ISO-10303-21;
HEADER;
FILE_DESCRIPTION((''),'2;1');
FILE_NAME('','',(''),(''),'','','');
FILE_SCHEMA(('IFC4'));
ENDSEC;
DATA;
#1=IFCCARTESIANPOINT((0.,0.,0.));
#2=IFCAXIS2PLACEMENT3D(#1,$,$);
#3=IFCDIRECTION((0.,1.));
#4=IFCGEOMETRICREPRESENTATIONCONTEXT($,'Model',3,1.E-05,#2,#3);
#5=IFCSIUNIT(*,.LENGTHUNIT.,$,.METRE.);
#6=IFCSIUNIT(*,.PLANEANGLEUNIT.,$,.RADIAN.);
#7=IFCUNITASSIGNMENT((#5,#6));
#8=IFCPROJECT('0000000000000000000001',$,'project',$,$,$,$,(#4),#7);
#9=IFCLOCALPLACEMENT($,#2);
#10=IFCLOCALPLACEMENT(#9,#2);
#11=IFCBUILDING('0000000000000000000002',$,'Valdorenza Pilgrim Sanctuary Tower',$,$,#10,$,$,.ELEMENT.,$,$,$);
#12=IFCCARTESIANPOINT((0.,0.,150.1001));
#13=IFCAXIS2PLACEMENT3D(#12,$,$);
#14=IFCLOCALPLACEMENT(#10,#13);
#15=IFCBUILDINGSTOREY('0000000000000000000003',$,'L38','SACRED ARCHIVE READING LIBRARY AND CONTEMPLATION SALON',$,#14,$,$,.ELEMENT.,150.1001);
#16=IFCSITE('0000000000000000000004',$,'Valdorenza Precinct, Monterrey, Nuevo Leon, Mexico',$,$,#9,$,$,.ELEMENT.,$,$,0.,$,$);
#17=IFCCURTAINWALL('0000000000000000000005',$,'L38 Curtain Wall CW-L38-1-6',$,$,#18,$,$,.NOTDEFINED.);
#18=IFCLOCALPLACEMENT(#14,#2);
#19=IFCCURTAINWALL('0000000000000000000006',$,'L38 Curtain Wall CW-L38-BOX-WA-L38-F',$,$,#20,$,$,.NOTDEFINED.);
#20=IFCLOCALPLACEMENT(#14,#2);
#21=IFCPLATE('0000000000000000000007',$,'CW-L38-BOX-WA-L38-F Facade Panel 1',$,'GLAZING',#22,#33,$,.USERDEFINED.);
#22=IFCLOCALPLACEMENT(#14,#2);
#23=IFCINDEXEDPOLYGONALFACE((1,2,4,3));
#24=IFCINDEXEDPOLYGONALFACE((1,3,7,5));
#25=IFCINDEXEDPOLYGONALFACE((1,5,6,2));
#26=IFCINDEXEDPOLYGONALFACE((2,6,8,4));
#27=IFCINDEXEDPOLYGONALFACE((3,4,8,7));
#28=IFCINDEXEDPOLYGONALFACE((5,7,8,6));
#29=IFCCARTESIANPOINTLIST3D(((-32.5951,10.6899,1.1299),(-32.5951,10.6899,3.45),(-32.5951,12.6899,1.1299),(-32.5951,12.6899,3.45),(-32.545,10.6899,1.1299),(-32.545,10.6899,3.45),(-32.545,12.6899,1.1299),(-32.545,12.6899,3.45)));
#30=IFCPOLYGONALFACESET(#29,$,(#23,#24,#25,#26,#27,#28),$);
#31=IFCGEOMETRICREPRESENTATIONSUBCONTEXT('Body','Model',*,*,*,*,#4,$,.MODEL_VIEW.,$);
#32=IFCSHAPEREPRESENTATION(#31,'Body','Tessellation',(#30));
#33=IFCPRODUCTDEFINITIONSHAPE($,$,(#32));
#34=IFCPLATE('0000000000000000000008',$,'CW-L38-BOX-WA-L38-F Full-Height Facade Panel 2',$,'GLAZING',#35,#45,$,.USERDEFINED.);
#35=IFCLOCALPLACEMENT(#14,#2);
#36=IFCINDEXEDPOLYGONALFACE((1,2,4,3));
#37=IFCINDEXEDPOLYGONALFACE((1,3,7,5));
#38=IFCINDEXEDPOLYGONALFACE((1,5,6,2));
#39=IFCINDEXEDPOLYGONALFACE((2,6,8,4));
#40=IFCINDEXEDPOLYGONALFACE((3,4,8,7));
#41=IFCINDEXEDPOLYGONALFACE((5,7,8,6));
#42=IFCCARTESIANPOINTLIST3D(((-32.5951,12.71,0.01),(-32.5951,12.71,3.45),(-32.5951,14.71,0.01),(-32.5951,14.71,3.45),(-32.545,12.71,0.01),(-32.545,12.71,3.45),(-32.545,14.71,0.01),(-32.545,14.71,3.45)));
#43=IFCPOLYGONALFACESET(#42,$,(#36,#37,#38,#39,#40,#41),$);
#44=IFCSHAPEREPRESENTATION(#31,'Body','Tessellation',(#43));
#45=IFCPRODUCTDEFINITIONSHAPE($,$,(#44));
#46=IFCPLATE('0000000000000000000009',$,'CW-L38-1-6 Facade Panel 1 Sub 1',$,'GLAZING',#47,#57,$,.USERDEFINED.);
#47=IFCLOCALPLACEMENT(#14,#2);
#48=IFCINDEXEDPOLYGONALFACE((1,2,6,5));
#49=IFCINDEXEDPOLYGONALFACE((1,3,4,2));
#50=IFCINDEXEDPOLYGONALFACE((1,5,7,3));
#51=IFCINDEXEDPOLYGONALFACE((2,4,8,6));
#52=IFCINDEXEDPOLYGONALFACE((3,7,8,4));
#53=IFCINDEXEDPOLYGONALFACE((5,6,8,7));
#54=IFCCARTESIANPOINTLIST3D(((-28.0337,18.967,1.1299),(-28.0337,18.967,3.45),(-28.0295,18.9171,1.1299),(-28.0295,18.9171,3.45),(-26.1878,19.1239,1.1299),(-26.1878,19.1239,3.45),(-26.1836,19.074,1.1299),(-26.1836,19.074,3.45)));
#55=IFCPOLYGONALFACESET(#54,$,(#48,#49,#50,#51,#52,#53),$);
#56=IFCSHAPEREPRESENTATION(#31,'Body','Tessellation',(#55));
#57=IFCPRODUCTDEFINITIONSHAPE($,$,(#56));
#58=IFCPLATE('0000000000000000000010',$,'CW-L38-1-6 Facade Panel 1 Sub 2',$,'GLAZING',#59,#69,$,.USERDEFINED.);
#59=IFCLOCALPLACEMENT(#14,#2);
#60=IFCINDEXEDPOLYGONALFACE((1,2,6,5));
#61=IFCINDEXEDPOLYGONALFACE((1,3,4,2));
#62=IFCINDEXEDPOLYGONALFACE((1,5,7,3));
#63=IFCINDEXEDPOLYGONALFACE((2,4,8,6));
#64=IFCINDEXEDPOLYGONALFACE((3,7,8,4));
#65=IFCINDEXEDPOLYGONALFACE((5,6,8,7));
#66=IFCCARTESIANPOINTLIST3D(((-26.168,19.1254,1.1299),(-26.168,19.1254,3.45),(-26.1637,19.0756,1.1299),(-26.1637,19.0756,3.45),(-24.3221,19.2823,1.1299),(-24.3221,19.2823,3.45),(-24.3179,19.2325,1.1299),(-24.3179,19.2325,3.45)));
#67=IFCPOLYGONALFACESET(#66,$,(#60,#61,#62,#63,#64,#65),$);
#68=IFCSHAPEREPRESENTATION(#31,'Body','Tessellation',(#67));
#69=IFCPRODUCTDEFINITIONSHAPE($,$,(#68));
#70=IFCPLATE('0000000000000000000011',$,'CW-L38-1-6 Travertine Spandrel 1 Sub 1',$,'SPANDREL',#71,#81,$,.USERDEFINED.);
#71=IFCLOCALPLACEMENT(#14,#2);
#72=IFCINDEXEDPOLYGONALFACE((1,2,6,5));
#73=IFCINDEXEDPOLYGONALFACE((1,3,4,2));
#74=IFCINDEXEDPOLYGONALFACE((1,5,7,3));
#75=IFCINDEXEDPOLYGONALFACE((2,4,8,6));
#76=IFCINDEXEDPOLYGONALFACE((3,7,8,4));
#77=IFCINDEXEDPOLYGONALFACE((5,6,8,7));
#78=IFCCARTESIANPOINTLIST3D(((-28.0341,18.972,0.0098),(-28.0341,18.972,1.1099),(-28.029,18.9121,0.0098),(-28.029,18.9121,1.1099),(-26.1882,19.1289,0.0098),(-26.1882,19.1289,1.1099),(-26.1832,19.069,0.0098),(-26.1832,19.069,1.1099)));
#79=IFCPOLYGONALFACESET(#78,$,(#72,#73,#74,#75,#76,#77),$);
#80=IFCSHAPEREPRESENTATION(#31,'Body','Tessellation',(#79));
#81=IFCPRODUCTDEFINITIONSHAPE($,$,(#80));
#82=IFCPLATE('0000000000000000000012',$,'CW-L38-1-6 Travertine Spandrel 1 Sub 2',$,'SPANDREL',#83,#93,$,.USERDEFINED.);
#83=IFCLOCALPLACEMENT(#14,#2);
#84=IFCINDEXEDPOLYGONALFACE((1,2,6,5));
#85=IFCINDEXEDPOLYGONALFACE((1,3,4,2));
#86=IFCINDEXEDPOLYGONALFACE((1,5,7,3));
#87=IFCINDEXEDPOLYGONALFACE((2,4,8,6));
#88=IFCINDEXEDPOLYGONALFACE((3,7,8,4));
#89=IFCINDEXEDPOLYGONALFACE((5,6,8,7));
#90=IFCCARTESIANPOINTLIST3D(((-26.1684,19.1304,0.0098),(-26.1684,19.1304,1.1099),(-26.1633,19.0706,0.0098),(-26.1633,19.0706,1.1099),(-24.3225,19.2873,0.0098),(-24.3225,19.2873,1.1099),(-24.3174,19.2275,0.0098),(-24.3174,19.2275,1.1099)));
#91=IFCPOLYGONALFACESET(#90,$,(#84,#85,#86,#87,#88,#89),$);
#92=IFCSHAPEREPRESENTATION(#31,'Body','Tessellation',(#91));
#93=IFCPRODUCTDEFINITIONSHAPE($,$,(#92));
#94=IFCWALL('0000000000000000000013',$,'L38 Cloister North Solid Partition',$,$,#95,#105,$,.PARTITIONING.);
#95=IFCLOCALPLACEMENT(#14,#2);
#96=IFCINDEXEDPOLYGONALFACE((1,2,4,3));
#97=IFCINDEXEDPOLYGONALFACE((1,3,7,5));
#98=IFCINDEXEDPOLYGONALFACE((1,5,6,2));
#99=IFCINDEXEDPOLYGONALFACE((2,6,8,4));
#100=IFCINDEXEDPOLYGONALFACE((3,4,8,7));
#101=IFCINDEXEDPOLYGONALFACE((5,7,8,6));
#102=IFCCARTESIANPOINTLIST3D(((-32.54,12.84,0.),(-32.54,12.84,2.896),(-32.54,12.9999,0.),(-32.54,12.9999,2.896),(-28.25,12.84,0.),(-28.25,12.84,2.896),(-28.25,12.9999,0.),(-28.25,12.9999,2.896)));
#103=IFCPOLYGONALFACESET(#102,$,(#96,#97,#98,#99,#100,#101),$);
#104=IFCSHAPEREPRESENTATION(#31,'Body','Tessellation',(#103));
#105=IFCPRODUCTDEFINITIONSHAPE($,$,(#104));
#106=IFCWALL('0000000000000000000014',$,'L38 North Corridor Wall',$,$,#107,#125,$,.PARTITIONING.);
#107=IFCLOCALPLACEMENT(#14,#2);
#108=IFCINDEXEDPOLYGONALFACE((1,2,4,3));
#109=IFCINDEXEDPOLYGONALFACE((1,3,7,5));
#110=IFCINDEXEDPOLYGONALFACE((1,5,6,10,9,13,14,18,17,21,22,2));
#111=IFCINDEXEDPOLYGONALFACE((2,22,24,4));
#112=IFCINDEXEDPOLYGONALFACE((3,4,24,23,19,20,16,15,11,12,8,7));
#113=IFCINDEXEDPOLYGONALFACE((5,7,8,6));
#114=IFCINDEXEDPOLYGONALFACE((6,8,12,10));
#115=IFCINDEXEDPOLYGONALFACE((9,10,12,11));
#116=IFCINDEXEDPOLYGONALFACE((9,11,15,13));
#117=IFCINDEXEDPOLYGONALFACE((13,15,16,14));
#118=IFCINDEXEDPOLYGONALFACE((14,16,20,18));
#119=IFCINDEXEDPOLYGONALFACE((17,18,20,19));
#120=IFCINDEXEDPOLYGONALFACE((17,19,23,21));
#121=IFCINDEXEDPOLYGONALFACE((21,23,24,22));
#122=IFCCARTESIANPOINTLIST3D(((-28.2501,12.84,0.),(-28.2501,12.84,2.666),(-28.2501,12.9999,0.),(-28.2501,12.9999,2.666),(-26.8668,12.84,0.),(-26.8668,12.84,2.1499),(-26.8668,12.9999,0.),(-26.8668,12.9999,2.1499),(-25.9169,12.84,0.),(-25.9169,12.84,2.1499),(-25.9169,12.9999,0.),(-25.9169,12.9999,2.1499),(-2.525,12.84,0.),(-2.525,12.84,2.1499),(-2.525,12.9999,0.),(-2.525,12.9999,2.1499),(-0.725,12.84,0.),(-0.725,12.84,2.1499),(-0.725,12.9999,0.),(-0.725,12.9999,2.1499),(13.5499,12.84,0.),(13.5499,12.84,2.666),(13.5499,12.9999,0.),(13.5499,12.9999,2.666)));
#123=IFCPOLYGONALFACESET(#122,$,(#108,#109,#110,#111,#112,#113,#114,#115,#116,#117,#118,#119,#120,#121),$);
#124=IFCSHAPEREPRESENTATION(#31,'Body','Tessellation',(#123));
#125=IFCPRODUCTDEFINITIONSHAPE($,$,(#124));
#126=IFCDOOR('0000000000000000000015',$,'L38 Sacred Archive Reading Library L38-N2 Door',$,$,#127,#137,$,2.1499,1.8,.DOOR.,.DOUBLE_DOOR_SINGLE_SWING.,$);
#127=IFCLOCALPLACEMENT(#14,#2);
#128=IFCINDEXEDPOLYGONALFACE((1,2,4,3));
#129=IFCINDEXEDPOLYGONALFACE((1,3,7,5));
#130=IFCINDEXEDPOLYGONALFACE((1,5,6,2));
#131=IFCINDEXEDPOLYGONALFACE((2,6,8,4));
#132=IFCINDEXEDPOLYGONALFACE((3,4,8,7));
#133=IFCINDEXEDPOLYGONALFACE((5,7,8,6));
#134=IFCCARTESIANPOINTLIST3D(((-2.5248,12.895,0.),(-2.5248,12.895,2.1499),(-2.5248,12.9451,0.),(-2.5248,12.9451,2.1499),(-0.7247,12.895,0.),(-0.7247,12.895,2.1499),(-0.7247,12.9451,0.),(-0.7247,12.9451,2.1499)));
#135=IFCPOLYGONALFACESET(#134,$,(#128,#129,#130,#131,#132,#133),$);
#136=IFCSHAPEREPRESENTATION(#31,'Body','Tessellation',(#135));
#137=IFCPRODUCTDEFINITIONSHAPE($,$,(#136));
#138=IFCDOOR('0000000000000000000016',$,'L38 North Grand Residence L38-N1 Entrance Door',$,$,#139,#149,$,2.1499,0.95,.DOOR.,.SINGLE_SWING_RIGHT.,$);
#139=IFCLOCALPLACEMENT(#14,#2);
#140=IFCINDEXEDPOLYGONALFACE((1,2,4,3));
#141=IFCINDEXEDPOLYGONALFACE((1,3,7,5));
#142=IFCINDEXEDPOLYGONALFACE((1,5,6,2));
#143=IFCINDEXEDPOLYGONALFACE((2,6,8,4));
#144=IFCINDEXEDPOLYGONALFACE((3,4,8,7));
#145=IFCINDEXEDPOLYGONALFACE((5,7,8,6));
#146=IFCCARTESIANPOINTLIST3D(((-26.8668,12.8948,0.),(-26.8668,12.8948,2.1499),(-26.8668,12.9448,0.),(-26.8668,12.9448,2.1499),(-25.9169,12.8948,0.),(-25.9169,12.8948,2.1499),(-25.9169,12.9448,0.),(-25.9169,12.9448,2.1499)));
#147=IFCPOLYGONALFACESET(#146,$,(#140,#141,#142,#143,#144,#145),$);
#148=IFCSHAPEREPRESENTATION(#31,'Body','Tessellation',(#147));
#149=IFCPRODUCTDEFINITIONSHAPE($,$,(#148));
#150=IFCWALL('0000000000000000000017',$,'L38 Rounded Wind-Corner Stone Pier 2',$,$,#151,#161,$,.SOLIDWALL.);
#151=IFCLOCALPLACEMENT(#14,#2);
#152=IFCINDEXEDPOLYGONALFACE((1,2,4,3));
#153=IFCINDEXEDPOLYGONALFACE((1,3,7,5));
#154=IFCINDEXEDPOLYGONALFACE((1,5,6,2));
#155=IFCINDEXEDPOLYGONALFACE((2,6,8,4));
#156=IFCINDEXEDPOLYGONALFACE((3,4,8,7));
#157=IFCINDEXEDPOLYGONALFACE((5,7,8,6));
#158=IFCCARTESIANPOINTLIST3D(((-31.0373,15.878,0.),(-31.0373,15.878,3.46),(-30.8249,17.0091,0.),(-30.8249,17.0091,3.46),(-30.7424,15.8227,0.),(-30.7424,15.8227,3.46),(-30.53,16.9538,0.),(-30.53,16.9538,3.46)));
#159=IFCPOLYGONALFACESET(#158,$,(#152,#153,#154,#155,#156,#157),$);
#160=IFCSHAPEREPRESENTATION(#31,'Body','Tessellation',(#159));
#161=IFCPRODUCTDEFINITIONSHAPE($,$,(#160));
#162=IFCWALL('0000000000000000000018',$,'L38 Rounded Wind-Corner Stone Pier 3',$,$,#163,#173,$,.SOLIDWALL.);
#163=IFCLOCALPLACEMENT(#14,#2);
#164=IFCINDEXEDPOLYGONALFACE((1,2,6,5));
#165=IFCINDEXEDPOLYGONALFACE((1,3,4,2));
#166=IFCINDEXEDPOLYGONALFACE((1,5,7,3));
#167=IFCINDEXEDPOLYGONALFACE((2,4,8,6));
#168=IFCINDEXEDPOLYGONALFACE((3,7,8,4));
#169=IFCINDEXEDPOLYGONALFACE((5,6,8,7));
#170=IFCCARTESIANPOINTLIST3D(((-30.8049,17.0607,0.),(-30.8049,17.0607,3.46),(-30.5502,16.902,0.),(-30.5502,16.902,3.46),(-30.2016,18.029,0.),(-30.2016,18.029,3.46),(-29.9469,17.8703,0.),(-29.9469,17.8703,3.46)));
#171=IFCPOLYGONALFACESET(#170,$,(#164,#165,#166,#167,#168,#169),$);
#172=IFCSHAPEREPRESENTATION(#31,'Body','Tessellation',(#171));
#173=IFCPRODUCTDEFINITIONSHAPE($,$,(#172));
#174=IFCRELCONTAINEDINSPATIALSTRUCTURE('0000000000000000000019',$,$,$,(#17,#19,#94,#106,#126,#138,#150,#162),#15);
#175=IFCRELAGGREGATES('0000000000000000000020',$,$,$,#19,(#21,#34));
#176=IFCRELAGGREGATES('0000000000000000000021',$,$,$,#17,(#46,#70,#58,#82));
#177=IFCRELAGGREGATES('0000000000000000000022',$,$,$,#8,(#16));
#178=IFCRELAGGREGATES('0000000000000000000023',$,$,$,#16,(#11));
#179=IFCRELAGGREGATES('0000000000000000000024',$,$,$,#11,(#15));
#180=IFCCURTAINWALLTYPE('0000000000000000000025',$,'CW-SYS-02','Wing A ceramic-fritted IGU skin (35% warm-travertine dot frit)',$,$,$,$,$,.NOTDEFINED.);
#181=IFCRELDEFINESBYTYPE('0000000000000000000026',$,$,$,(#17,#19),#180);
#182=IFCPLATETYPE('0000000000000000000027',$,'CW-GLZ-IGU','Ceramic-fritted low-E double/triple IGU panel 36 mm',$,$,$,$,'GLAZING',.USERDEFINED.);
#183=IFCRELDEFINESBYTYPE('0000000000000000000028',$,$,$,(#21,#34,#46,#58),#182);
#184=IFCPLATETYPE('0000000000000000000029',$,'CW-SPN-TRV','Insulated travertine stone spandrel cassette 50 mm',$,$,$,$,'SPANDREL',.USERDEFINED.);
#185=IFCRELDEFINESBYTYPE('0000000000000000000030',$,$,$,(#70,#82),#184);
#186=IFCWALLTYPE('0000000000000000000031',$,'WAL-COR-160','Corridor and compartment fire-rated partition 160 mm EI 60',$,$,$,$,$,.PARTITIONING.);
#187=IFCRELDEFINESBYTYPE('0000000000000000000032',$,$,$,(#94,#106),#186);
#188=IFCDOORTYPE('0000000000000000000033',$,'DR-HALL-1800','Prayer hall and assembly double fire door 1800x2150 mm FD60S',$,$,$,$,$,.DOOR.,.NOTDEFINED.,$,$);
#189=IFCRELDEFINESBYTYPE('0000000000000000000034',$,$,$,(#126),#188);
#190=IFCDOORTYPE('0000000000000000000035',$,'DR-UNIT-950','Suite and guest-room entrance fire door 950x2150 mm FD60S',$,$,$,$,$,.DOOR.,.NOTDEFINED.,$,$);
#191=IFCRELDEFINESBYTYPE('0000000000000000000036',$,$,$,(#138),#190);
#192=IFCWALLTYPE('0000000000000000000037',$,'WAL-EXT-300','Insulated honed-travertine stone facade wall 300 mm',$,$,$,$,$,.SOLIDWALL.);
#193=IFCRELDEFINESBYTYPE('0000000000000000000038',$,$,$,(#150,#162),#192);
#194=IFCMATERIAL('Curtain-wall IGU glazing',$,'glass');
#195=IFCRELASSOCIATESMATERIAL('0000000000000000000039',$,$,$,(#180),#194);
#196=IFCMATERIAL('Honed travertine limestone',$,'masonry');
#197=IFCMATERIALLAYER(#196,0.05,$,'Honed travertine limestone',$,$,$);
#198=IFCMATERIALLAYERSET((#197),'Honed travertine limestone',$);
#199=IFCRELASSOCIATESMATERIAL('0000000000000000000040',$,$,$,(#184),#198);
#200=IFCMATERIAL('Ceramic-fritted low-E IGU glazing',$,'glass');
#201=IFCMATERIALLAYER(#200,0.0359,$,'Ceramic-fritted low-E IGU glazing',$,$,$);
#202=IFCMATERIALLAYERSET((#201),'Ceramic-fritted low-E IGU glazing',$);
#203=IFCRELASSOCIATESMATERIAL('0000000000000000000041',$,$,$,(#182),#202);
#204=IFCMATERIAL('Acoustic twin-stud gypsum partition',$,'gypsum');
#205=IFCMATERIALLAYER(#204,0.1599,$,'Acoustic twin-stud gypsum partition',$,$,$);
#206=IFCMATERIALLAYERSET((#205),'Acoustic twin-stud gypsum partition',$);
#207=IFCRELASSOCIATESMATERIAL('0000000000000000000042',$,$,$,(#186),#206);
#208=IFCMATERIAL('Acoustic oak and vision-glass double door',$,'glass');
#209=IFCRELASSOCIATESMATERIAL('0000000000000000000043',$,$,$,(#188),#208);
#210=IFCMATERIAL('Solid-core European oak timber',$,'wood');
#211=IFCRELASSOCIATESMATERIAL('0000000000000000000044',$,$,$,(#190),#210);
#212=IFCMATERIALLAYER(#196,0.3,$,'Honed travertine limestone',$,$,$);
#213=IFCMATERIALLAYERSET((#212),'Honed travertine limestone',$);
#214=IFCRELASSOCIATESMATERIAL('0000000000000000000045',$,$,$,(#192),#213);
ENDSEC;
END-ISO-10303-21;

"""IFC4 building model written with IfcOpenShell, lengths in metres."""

from ifc_helpers import new_model, si_unit, direction, frame, frame_2d, origin, origin_2d, place, context, subcontext, project, spatial, rectangle, extrude, source, transform, mapped, material, layer, layer_set, type_object, element, fill, aggregate, save


model = new_model("IFC4")

# Units and contexts
model_context = context("Model", 3, precision=1e-05, world=origin(), true_north=direction((0.0, 1.0)))
body_context = subcontext(model_context, "Body", "Model", "MODEL_VIEW")
ifc_project = project(units=[si_unit("LENGTHUNIT", "METRE"), si_unit("PLANEANGLEUNIT", "RADIAN")], contexts=[model_context])

# Site, building, storey
site_placement = place(None, origin())
site = spatial("IfcSite", under=ifc_project, at=site_placement, Name="Valdorenza Precinct, Monterrey, Nuevo Leon, Mexico", CompositionType="ELEMENT", RefElevation=0.0)
building_placement = place(site_placement, origin())
building = spatial("IfcBuilding", under=site, at=building_placement, Name="Valdorenza Pilgrim Sanctuary Tower", CompositionType="ELEMENT")
storey_placement = place(building_placement, frame((0.0, 0.0, 150.1001)))
storey = spatial("IfcBuildingStorey", under=building, at=storey_placement, Name="L38", Description="SACRED ARCHIVE READING LIBRARY AND CONTEMPLATION SALON", CompositionType="ELEMENT", Elevation=150.1001)

# Curtain wall
ifc_material_1 = material(Name="Curtain-wall IGU glazing", Category="glass")
curtain_wall_type = type_object("IfcCurtainWallType", Name="CW-SYS-02", Description="Wing A ceramic-fritted IGU skin (35% warm-travertine dot frit)", PredefinedType="NOTDEFINED", material=ifc_material_1)
curtain_wall_1_placement = place(storey_placement, origin())
curtain_wall_1 = element("IfcCurtainWall", 1, at=curtain_wall_1_placement, inside=storey, type_object=curtain_wall_type, Name="L38 Curtain Wall CW-L38-1-6", PredefinedType="NOTDEFINED")

# Curtain wall
curtain_wall_2_placement = place(storey_placement, origin())
curtain_wall_2 = element("IfcCurtainWall", 2, at=curtain_wall_2_placement, inside=storey, type_object=curtain_wall_type, Name="L38 Curtain Wall CW-L38-BOX-WA-L38-F", PredefinedType="NOTDEFINED")

# Plates
ifc_material_2 = material(Name="Honed travertine limestone", Category="masonry")
ifc_layer_1 = layer(ifc_material_2, 0.05, Name="Honed travertine limestone")
ifc_layer_set_1 = layer_set([ifc_layer_1], Name="Honed travertine limestone")
plate_type_1 = type_object("IfcPlateType", Name="CW-SPN-TRV", Description="Insulated travertine stone spandrel cassette 50 mm", ElementType="SPANDREL", PredefinedType="USERDEFINED", material=ifc_layer_set_1)
ifc_material_3 = material(Name="Ceramic-fritted low-E IGU glazing", Category="glass")
ifc_layer_2 = layer(ifc_material_3, 0.0359, Name="Ceramic-fritted low-E IGU glazing")
ifc_layer_set_2 = layer_set([ifc_layer_2], Name="Ceramic-fritted low-E IGU glazing")
plate_type_2 = type_object("IfcPlateType", Name="CW-GLZ-IGU", Description="Ceramic-fritted low-E double/triple IGU panel 36 mm", ElementType="GLAZING", PredefinedType="USERDEFINED", material=ifc_layer_set_2)
shared_shape_1 = source(origin(), body_context, "Body", "SweptSolid", [
    extrude(rectangle(XDim=2.0, YDim=0.05, at=origin_2d()), origin(), (0.0, 0.0, 1.0), 2.3201),
])
plate_1_placement = place(storey_placement, frame((-32.5701, 11.6899, 1.1299), z_axis=(0.0, 0.0, 1.0), x_axis=(0.0, 1.0, 0.0)))
plate_1 = element("IfcPlate", 3, at=plate_1_placement, type_object=plate_type_2, Name="CW-L38-BOX-WA-L38-F Facade Panel 1", ObjectType="GLAZING", PredefinedType="USERDEFINED", context=body_context, shape_type="MappedRepresentation", body=[
    mapped(shared_shape_1, transform((0.0, 0.0, 0.0), x_axis=(1.0, 0.0, 0.0), y_axis=(0.0, 1.0, 0.0), z_axis=(0.0, 0.0, 1.0), scale=1.0)),
])
shared_shape_2 = source(origin(), body_context, "Body", "SweptSolid", [
    extrude(rectangle(XDim=2.0, YDim=0.05, at=origin_2d()), origin(), (0.0, 0.0, 1.0), 3.4399),
])
plate_2_placement = place(storey_placement, frame((-32.5701, 13.71, 0.01), z_axis=(0.0, 0.0, 1.0), x_axis=(0.0, 1.0, 0.0)))
plate_2 = element("IfcPlate", 4, at=plate_2_placement, type_object=plate_type_2, Name="CW-L38-BOX-WA-L38-F Full-Height Facade Panel 2", ObjectType="GLAZING", PredefinedType="USERDEFINED", context=body_context, shape_type="MappedRepresentation", body=[
    mapped(shared_shape_2, transform((0.0, 0.0, 0.0), x_axis=(1.0, 0.0, 0.0), y_axis=(0.0, 1.0, 0.0), z_axis=(0.0, 0.0, 1.0), scale=1.0)),
])
aggregate(curtain_wall_2, [plate_1, plate_2])
shared_shape_3 = source(origin(), body_context, "Body", "SweptSolid", [
    extrude(rectangle(XDim=1.8525, YDim=0.05, at=origin_2d()), origin(), (0.0, 0.0, 1.0), 2.3201),
])
plate_3_placement = place(storey_placement, frame((-27.1086, 19.0205, 1.1299), z_axis=(0.0, 0.0, 1.0), x_axis=(0.996408, 0.084687, 0.0)))
plate_3 = element("IfcPlate", 5, at=plate_3_placement, type_object=plate_type_2, Name="CW-L38-1-6 Facade Panel 1 Sub 1", ObjectType="GLAZING", PredefinedType="USERDEFINED", context=body_context, shape_type="MappedRepresentation", body=[
    mapped(shared_shape_3, transform((0.0, 0.0, 0.0), x_axis=(1.0, 0.0, 0.0), y_axis=(0.0, 1.0, 0.0), z_axis=(0.0, 0.0, 1.0), scale=1.0)),
])
plate_4_placement = place(storey_placement, frame((-25.2429, 19.179, 1.1299), z_axis=(0.0, 0.0, 1.0), x_axis=(0.996408, 0.084687, 0.0)))
plate_4 = element("IfcPlate", 6, at=plate_4_placement, type_object=plate_type_2, Name="CW-L38-1-6 Facade Panel 1 Sub 2", ObjectType="GLAZING", PredefinedType="USERDEFINED", context=body_context, shape_type="MappedRepresentation", body=[
    mapped(shared_shape_3, transform((0.0, 0.0, 0.0), x_axis=(1.0, 0.0, 0.0), y_axis=(0.0, 1.0, 0.0), z_axis=(0.0, 0.0, 1.0), scale=1.0)),
])
shared_shape_4 = source(origin(), body_context, "Body", "SweptSolid", [
    extrude(rectangle(XDim=1.8525, YDim=0.0601, at=origin_2d()), origin(), (0.0, 0.0, 1.0), 1.1001),
])
plate_5_placement = place(storey_placement, frame((-27.1086, 19.0205, 0.0098), z_axis=(0.0, 0.0, 1.0), x_axis=(0.996408, 0.084687, 0.0)))
plate_5 = element("IfcPlate", 7, at=plate_5_placement, type_object=plate_type_1, Name="CW-L38-1-6 Travertine Spandrel 1 Sub 1", ObjectType="SPANDREL", PredefinedType="USERDEFINED", context=body_context, shape_type="MappedRepresentation", body=[
    mapped(shared_shape_4, transform((0.0, 0.0, 0.0), x_axis=(1.0, 0.0, 0.0), y_axis=(0.0, 1.0, 0.0), z_axis=(0.0, 0.0, 1.0), scale=1.0)),
])
plate_6_placement = place(storey_placement, frame((-25.2429, 19.179, 0.0098), z_axis=(0.0, 0.0, 1.0), x_axis=(0.996408, 0.084687, 0.0)))
plate_6 = element("IfcPlate", 8, at=plate_6_placement, type_object=plate_type_1, Name="CW-L38-1-6 Travertine Spandrel 1 Sub 2", ObjectType="SPANDREL", PredefinedType="USERDEFINED", context=body_context, shape_type="MappedRepresentation", body=[
    mapped(shared_shape_4, transform((0.0, 0.0, 0.0), x_axis=(1.0, 0.0, 0.0), y_axis=(0.0, 1.0, 0.0), z_axis=(0.0, 0.0, 1.0), scale=1.0)),
])
aggregate(curtain_wall_1, [plate_3, plate_5, plate_4, plate_6])

# Wall
ifc_material_4 = material(Name="Acoustic twin-stud gypsum partition", Category="gypsum")
ifc_layer_3 = layer(ifc_material_4, 0.1599, Name="Acoustic twin-stud gypsum partition")
ifc_layer_set_3 = layer_set([ifc_layer_3], Name="Acoustic twin-stud gypsum partition")
wall_type_1 = type_object("IfcWallType", Name="WAL-COR-160", Description="Corridor and compartment fire-rated partition 160 mm EI 60", PredefinedType="PARTITIONING", material=ifc_layer_set_3)
wall_1_placement = place(storey_placement, frame((-32.54, 12.9199, 0.0), z_axis=(0.0, 0.0, 1.0), x_axis=(1.0, 0.0, 0.0)))
element("IfcWall", 9, at=wall_1_placement, inside=storey, type_object=wall_type_1, Name="L38 Cloister North Solid Partition", PredefinedType="PARTITIONING", context=body_context, shape_type="SweptSolid", body=[
    extrude(rectangle(XDim=4.29, YDim=0.1599, at=frame_2d((2.145, 0.0))), origin(), (0.0, 0.0, 1.0), 2.896),
])

# Wall, openings, doors
wall_2_placement = place(storey_placement, frame((-28.25, 12.9199, 0.0), z_axis=(0.0, 0.0, 1.0), x_axis=(1.0, 0.0, 0.0)))
wall_2 = element("IfcWall", 10, at=wall_2_placement, inside=storey, type_object=wall_type_1, Name="L38 North Corridor Wall", PredefinedType="PARTITIONING", context=body_context, shape_type="SweptSolid", body=[
    extrude(rectangle(XDim=41.8, YDim=0.1599, at=frame_2d((20.8999, 0.0))), origin(), (0.0, 0.0, 1.0), 2.666),
])
opening_1_placement = place(wall_2_placement, frame((1.3831, 0.0, 0.0)))
opening_1 = element("IfcOpeningElement", 11, at=opening_1_placement, cuts=wall_2, PredefinedType="OPENING", context=body_context, shape_type="SweptSolid", body=[
    extrude(rectangle(XDim=0.95, YDim=2.1499, at=frame_2d((0.4751, 1.075))), frame((0.0, 0.0947, 0.0), z_axis=(0.0, -1.0, 0.0), x_axis=(1.0, 0.0, 0.0)), (0.0, 0.0, 1.0), 0.1897),
])
opening_2_placement = place(wall_2_placement, frame((25.7251, 0.0, 0.0)))
opening_2 = element("IfcOpeningElement", 12, at=opening_2_placement, cuts=wall_2, PredefinedType="OPENING", context=body_context, shape_type="SweptSolid", body=[
    extrude(rectangle(XDim=1.8, YDim=2.1499, at=frame_2d((0.8999, 1.075))), frame((0.0, 0.0947, 0.0), z_axis=(0.0, -1.0, 0.0), x_axis=(1.0, 0.0, 0.0)), (0.0, 0.0, 1.0), 0.1897),
])
ifc_material_5 = material(Name="Acoustic oak and vision-glass double door", Category="glass")
door_type_1 = type_object("IfcDoorType", Name="DR-HALL-1800", Description="Prayer hall and assembly double fire door 1800x2150 mm FD60S", OperationType="NOTDEFINED", PredefinedType="DOOR", material=ifc_material_5)
door_1_placement = place(opening_2_placement, frame((1.8, 0.0, 0.0), z_axis=(0.0, 0.0, 1.0), x_axis=(-1.0, 0.0, 0.0)))
door_1 = element("IfcDoor", 13, at=door_1_placement, inside=storey, type_object=door_type_1, Name="L38 Sacred Archive Reading Library L38-N2 Door", OperationType="DOUBLE_DOOR_SINGLE_SWING", OverallHeight=2.1499, OverallWidth=1.8, PredefinedType="DOOR", context=body_context, shape_type="SweptSolid", body=[
    extrude(rectangle(XDim=1.8, YDim=2.1499, at=frame_2d((0.8999, 1.075))), frame((0.0, 0.0249, 0.0), z_axis=(0.0, -1.0, 0.0), x_axis=(1.0, 0.0, 0.0)), (0.0, 0.0, 1.0), 0.05),
])
fill(opening_2, door_1)
ifc_material_6 = material(Name="Solid-core European oak timber", Category="wood")
door_type_2 = type_object("IfcDoorType", Name="DR-UNIT-950", Description="Suite and guest-room entrance fire door 950x2150 mm FD60S", OperationType="NOTDEFINED", PredefinedType="DOOR", material=ifc_material_6)
door_2_placement = place(opening_1_placement, origin())
door_2 = element("IfcDoor", 14, at=door_2_placement, inside=storey, type_object=door_type_2, Name="L38 North Grand Residence L38-N1 Entrance Door", OperationType="SINGLE_SWING_RIGHT", OverallHeight=2.1499, OverallWidth=0.95, PredefinedType="DOOR", context=body_context, shape_type="SweptSolid", body=[
    extrude(rectangle(XDim=0.95, YDim=2.1499, at=frame_2d((0.4751, 1.075))), frame((0.0, 0.0249, 0.0), z_axis=(0.0, -1.0, 0.0), x_axis=(1.0, 0.0, 0.0)), (0.0, 0.0, 1.0), 0.05),
])
fill(opening_1, door_2)

# Walls
ifc_layer_4 = layer(ifc_material_2, 0.3, Name="Honed travertine limestone")
ifc_layer_set_4 = layer_set([ifc_layer_4], Name="Honed travertine limestone")
wall_type_2 = type_object("IfcWallType", Name="WAL-EXT-300", Description="Insulated honed-travertine stone facade wall 300 mm", PredefinedType="SOLIDWALL", material=ifc_layer_set_4)
wall_3_placement = place(storey_placement, frame((-30.8899, 15.8503, 0.0), z_axis=(0.0, 0.0, 1.0), x_axis=(0.184557, 0.982822, 0.0)))
element("IfcWall", 15, at=wall_3_placement, inside=storey, type_object=wall_type_2, Name="L38 Rounded Wind-Corner Stone Pier 2", PredefinedType="SOLIDWALL", context=body_context, shape_type="SweptSolid", body=[
    extrude(rectangle(XDim=1.1509, YDim=0.3, at=frame_2d((0.5754, 0.0))), origin(), (0.0, 0.0, 1.0), 3.46),
])
wall_4_placement = place(storey_placement, frame((-30.6775, 16.9814, 0.0), z_axis=(0.0, 0.0, 1.0), x_axis=(0.528806, 0.848743, 0.0)))
element("IfcWall", 16, at=wall_4_placement, inside=storey, type_object=wall_type_2, Name="L38 Rounded Wind-Corner Stone Pier 3", PredefinedType="SOLIDWALL", context=body_context, shape_type="SweptSolid", body=[
    extrude(rectangle(XDim=1.1409, YDim=0.3, at=frame_2d((0.5703, 0.0))), origin(), (0.0, 0.0, 1.0), 3.46),
])

save(model, "model.ifc")
